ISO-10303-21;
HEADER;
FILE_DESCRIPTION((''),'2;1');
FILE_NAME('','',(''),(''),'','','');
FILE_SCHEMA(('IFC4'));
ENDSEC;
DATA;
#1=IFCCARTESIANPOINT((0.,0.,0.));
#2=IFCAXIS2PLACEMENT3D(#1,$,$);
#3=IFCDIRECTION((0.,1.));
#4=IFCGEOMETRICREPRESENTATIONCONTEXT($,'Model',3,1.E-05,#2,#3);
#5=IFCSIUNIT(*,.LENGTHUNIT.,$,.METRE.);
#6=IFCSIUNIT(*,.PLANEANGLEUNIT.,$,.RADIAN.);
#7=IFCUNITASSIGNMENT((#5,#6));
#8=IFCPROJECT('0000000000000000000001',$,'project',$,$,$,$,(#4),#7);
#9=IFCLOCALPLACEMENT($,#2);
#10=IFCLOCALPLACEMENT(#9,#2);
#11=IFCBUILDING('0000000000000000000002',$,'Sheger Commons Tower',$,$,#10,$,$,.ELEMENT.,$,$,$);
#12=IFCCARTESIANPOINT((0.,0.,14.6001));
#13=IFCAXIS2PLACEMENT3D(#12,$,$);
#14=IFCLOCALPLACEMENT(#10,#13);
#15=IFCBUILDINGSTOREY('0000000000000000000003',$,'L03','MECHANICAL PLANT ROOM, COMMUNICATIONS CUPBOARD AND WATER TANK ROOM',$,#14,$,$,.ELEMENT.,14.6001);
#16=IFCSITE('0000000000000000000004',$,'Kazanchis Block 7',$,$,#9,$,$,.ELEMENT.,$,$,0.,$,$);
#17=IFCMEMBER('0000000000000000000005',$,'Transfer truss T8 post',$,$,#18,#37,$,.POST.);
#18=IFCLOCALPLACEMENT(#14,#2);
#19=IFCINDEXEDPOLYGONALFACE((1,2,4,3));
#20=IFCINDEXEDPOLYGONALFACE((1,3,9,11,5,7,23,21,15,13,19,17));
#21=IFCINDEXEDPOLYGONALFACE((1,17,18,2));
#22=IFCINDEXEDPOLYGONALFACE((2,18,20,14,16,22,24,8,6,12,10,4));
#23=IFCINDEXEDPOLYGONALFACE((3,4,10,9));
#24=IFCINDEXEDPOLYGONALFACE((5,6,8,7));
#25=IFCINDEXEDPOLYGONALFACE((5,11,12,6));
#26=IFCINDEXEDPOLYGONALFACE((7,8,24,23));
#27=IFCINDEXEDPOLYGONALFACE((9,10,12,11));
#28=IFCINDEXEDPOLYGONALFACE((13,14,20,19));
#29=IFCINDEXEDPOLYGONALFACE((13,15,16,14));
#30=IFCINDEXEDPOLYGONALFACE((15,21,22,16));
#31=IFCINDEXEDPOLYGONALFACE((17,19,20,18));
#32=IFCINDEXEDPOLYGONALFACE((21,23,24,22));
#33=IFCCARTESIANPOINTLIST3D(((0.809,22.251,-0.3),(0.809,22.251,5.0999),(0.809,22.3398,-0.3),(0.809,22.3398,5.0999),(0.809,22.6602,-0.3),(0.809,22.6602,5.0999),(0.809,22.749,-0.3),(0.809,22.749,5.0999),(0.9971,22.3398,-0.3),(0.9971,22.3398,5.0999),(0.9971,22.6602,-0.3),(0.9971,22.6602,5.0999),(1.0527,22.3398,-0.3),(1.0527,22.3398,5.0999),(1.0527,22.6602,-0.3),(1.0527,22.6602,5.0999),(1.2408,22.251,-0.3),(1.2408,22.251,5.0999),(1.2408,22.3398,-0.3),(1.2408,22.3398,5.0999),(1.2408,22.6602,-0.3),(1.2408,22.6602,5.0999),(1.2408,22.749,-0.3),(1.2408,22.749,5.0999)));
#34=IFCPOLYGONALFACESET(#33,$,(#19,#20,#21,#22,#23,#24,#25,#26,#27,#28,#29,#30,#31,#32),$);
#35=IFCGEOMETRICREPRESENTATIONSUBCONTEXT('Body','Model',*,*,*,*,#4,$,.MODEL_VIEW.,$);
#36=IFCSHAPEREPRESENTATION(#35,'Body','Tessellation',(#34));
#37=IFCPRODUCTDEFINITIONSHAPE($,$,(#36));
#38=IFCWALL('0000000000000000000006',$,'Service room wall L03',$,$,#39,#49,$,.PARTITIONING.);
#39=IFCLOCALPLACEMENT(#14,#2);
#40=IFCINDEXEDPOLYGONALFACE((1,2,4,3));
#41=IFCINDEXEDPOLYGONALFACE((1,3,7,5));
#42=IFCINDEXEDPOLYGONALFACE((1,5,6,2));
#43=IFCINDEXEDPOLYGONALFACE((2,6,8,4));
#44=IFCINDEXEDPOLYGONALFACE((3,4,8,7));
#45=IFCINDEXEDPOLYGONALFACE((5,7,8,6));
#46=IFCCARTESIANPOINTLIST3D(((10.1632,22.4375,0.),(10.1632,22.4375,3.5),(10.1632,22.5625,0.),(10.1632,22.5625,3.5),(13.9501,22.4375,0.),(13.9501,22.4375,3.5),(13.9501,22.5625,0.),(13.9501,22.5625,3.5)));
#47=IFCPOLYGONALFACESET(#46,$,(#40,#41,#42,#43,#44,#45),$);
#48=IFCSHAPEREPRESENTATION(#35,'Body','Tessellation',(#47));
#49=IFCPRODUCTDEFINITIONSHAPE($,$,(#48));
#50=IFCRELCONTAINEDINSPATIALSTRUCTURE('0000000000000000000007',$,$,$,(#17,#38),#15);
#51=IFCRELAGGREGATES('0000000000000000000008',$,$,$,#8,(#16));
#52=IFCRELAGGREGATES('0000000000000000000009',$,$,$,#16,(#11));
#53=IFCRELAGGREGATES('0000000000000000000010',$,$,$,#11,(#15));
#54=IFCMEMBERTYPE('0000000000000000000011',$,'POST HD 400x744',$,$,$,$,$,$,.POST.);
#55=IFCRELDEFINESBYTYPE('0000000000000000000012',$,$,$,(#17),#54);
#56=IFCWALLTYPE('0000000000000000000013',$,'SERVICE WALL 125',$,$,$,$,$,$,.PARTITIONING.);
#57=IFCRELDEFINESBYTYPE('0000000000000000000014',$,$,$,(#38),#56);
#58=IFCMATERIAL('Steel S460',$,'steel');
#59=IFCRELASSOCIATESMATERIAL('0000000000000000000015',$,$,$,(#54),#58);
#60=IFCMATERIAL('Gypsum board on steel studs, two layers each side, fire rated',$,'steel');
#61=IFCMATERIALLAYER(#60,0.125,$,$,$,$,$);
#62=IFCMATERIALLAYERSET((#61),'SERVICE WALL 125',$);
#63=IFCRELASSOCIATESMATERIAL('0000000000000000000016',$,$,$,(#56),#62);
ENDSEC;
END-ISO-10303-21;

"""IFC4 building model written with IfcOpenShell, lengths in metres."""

from ifc_helpers import new_model, si_unit, direction, frame, frame_2d, origin, origin_2d, place, context, subcontext, project, spatial, rectangle, i_section, extrude, material, layer, layer_set, material_profile, profile_set, type_object, element, save


model = new_model("IFC4")

# Units and contexts
model_context = context("Model", 3, precision=1e-05, world=origin(), true_north=direction((0.0, 1.0)))
body_context = subcontext(model_context, "Body", "Model", "MODEL_VIEW")
ifc_project = project(units=[si_unit("LENGTHUNIT", "METRE"), si_unit("PLANEANGLEUNIT", "RADIAN")], contexts=[model_context])

# Site, building, storey
site_placement = place(None, origin())
site = spatial("IfcSite", under=ifc_project, at=site_placement, Name="Kazanchis Block 7", CompositionType="ELEMENT", RefElevation=0.0)
building_placement = place(site_placement, origin())
building = spatial("IfcBuilding", under=site, at=building_placement, Name="Sheger Commons Tower", CompositionType="ELEMENT")
storey_placement = place(building_placement, frame((0.0, 0.0, 14.6001)))
storey = spatial("IfcBuildingStorey", under=building, at=storey_placement, Name="L03", Description="MECHANICAL PLANT ROOM, COMMUNICATIONS CUPBOARD AND WATER TANK ROOM", CompositionType="ELEMENT", Elevation=14.6001)

# Member
ifc_material_1 = material(Name="Steel S460", Category="steel")
ifc_material_profile_1 = material_profile(ifc_material_1, i_section(OverallWidth=0.4319, OverallDepth=0.498, WebThickness=0.0557, FlangeThickness=0.0889, at=origin_2d()), Name="HD 400x744")
ifc_profile_set_1 = profile_set([ifc_material_profile_1], Name="Steel S460")
member_type_1 = type_object("IfcMemberType", Name="POST HD 400x744", PredefinedType="POST", material=ifc_profile_set_1)
member_placement = place(storey_placement, frame((1.0249, 22.5, -0.3), z_axis=(0.0, 0.0, 1.0), x_axis=(1.0, 0.0, 0.0)))
element("IfcMember", 1, at=member_placement, inside=storey, type_object=member_type_1, Name="Transfer truss T8 post", PredefinedType="POST", context=body_context, shape_type="SweptSolid", body=[
    extrude(i_section(OverallWidth=0.4319, OverallDepth=0.498, WebThickness=0.0557, FlangeThickness=0.0889, at=origin_2d()), origin(), (0.0, 0.0, 1.0), 5.3999),
])

# Wall
ifc_material_2 = material(Name="Gypsum board on steel studs, two layers each side, fire rated", Category="steel")
ifc_layer_1 = layer(ifc_material_2, 0.125)
ifc_layer_set_1 = layer_set([ifc_layer_1], Name="SERVICE WALL 125")
wall_type_1 = type_object("IfcWallType", Name="SERVICE WALL 125", PredefinedType="PARTITIONING", material=ifc_layer_set_1)
wall_1_placement = place(storey_placement, frame((10.1631, 22.5, 0.0), z_axis=(0.0, 0.0, 1.0), x_axis=(1.0, 0.0, 0.0)))
element("IfcWall", 2, at=wall_1_placement, inside=storey, type_object=wall_type_1, Name="Service room wall L03", PredefinedType="PARTITIONING", context=body_context, shape_type="SweptSolid", body=[
    extrude(rectangle(XDim=3.7869, YDim=0.125, at=frame_2d((1.8936, 0.0))), origin(), (0.0, 0.0, 1.0), 3.5),
])

save(model, "model.ifc")
